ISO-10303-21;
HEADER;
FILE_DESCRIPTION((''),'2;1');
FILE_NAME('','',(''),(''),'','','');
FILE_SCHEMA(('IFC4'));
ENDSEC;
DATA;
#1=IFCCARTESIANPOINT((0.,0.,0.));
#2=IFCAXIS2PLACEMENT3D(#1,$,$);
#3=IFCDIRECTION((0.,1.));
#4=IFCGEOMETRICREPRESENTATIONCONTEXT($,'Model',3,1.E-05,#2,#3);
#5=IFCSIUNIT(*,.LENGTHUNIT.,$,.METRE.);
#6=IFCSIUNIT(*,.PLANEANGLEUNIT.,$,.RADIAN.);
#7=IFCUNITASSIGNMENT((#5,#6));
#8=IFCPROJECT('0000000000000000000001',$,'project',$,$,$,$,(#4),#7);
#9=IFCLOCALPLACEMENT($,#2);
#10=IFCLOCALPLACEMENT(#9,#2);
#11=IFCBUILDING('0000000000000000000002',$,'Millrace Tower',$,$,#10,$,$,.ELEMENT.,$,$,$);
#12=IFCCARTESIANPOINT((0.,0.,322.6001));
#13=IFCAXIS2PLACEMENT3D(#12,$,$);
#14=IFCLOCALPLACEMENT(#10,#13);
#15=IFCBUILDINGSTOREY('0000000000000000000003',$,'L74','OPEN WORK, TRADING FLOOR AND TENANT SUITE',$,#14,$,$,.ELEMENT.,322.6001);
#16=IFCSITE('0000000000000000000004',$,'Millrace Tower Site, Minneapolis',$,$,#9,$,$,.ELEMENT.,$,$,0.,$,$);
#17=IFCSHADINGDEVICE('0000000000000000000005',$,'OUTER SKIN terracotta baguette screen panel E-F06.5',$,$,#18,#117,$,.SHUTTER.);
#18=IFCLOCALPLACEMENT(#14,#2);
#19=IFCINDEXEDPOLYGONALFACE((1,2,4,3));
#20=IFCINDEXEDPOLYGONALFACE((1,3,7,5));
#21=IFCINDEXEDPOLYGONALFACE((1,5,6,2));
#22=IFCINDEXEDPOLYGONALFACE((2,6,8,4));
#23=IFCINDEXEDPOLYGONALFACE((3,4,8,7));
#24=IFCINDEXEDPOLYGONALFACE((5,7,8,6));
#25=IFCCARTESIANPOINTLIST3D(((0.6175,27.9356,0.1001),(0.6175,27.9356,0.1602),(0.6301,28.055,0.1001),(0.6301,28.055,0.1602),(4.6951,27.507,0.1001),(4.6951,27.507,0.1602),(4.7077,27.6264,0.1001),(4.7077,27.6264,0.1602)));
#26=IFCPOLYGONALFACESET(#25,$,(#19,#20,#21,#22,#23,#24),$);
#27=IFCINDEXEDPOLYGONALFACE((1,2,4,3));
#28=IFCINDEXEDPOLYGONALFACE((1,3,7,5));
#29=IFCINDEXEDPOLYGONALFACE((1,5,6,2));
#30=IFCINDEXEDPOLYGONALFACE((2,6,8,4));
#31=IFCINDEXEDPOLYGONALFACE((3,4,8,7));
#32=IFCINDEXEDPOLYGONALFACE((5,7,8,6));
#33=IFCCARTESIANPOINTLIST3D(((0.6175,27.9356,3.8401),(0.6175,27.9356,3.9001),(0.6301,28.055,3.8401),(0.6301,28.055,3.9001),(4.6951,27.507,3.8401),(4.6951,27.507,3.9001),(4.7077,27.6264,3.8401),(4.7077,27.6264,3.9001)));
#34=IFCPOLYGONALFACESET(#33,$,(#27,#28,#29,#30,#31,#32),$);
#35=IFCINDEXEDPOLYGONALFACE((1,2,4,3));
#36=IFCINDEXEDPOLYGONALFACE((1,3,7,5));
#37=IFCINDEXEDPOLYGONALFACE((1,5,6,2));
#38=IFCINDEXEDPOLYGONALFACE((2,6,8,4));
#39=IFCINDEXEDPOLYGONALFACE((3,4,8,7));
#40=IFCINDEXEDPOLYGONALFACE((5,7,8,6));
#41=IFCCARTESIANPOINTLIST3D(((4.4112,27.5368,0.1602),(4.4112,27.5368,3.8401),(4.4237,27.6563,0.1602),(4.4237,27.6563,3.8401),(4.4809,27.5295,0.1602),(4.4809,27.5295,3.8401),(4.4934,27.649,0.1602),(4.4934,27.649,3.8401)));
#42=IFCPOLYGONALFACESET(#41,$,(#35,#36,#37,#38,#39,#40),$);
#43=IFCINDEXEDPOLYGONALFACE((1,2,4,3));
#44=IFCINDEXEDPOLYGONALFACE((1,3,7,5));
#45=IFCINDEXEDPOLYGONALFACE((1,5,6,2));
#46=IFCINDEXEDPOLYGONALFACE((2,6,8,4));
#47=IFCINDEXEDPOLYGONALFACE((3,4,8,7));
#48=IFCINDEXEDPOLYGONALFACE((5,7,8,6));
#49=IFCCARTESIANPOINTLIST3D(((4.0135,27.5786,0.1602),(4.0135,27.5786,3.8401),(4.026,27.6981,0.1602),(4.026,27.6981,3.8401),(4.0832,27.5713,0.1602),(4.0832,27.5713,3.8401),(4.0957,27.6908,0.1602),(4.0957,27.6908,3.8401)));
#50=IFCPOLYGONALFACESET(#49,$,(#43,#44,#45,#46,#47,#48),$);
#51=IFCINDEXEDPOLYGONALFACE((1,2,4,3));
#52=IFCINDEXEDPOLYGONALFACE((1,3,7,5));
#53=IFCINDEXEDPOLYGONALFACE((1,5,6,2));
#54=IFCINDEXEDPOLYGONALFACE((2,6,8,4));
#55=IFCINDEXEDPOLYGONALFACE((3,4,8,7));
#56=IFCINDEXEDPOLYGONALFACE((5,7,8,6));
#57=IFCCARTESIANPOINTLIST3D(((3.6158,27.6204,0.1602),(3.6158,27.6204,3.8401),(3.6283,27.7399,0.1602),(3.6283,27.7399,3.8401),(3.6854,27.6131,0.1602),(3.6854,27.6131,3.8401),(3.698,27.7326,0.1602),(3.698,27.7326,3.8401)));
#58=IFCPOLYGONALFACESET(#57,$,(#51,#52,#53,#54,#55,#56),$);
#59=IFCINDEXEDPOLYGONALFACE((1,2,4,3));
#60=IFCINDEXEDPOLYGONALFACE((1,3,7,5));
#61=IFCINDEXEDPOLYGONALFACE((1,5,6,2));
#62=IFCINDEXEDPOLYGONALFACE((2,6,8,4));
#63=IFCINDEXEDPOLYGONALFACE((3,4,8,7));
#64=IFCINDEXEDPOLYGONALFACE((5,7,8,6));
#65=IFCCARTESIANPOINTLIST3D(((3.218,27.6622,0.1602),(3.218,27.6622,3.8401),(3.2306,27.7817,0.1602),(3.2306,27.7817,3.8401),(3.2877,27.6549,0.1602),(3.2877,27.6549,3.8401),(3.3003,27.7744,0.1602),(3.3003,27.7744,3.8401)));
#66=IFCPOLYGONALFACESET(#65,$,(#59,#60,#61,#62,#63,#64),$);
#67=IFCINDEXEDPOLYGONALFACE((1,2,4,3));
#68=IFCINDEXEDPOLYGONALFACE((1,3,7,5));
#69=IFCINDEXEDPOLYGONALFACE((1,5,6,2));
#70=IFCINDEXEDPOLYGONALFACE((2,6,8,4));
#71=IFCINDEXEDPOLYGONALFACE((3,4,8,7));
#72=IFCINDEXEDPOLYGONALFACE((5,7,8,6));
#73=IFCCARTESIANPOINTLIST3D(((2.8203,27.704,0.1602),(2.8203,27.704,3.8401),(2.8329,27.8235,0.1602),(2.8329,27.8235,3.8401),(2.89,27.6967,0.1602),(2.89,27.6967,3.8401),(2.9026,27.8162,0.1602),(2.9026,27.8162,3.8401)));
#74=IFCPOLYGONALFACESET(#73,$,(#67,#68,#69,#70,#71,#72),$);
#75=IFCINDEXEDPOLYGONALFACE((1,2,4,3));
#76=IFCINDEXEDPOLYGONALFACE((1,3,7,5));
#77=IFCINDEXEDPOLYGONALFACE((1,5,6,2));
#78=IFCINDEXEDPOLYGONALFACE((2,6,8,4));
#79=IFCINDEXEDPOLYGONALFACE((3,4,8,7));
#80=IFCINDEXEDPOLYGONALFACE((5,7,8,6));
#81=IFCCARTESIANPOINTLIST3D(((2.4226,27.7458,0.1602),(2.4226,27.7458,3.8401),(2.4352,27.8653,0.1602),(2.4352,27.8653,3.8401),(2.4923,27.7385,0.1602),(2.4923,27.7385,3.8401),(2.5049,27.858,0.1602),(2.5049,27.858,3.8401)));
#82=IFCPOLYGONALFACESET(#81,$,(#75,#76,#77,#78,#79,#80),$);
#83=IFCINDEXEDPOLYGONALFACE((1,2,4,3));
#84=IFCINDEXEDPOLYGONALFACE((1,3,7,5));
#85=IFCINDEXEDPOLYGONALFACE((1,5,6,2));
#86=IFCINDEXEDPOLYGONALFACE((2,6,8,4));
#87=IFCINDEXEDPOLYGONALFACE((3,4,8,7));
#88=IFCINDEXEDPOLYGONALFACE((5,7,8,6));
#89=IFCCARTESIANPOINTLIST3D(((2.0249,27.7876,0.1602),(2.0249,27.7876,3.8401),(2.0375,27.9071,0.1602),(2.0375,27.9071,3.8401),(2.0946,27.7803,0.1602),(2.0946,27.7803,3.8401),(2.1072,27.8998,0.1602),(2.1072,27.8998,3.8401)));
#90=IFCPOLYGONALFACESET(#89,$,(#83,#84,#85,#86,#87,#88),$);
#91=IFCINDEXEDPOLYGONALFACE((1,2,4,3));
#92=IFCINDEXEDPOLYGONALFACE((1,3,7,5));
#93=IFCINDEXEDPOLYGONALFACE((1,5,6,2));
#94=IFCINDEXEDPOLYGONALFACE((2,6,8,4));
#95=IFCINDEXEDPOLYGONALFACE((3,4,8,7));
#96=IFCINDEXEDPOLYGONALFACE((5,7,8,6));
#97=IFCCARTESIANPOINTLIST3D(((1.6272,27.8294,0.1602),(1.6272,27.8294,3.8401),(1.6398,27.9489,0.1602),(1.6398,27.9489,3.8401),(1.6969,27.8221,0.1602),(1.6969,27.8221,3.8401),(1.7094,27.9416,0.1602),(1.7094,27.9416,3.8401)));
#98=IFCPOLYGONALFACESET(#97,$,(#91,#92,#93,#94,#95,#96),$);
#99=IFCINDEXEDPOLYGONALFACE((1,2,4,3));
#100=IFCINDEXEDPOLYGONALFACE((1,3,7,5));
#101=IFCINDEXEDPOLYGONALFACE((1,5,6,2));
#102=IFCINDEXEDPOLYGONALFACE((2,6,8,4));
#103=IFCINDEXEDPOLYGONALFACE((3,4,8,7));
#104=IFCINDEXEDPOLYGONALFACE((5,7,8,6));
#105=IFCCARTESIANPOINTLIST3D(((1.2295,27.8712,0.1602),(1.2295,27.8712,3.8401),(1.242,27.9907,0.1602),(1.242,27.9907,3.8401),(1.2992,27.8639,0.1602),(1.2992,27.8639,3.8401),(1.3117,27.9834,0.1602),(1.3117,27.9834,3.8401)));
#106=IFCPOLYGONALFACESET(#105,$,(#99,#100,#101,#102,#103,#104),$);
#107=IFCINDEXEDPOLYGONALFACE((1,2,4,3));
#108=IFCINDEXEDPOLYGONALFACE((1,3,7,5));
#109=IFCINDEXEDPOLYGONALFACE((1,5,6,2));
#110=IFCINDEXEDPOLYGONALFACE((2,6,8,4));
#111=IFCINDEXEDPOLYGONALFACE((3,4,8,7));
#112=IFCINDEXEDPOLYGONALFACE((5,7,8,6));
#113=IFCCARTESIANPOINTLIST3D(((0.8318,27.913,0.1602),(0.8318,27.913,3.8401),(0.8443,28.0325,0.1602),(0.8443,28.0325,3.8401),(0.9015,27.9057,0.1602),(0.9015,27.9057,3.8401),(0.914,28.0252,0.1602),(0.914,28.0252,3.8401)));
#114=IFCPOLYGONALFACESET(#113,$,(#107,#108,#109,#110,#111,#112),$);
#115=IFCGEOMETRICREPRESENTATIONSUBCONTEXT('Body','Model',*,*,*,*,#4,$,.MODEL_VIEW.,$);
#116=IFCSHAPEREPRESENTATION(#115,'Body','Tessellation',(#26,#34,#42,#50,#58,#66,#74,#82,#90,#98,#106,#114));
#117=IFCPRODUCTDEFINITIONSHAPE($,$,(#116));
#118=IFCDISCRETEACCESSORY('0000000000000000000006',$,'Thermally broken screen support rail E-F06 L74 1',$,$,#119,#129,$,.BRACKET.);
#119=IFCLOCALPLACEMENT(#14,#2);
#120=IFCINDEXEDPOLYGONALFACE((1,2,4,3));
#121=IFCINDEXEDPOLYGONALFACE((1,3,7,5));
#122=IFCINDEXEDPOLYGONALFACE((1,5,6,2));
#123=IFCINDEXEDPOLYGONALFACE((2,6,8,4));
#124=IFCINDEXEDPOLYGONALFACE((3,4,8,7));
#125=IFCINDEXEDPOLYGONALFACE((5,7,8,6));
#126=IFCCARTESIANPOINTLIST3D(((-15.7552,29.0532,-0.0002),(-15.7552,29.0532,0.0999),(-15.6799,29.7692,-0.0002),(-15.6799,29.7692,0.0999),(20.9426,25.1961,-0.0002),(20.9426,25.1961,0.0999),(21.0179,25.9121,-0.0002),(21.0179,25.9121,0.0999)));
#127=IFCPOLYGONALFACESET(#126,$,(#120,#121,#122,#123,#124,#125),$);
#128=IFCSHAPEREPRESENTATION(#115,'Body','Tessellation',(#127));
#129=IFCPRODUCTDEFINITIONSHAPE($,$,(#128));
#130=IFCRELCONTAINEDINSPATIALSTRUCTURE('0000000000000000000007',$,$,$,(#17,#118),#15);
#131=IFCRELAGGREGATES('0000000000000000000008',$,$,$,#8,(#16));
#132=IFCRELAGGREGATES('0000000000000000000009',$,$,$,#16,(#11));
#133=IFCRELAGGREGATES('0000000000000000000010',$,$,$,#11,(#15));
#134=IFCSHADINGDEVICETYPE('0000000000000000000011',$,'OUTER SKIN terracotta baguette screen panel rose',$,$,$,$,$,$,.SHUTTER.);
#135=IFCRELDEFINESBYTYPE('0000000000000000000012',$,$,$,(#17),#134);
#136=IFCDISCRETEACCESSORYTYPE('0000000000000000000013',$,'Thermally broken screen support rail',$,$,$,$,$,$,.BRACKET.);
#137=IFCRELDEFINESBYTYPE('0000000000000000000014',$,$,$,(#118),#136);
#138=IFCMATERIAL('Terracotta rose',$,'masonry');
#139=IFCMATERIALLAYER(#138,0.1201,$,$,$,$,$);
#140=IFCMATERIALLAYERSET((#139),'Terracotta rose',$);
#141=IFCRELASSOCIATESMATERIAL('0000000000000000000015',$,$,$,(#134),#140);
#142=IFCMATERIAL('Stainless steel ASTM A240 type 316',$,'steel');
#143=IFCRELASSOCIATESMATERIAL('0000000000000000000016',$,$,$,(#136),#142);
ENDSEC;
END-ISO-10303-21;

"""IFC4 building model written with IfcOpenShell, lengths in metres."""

from ifc_helpers import new_model, entity, si_unit, direction, frame, frame_2d, origin, origin_2d, place, context, subcontext, project, spatial, rectangle, extrude, source, transform, mapped, material, layer, layer_set, type_object, element, save


model = new_model("IFC4")

# Units and contexts
model_context = context("Model", 3, precision=1e-05, world=origin(), true_north=direction((0.0, 1.0)))
body_context = subcontext(model_context, "Body", "Model", "MODEL_VIEW")
ifc_project = project(units=[si_unit("LENGTHUNIT", "METRE"), si_unit("PLANEANGLEUNIT", "RADIAN")], contexts=[model_context])

# Site, building, storey
site_placement = place(None, origin())
site = spatial("IfcSite", under=ifc_project, at=site_placement, Name="Millrace Tower Site, Minneapolis", CompositionType="ELEMENT", RefElevation=0.0)
building_placement = place(site_placement, origin())
building = spatial("IfcBuilding", under=site, at=building_placement, Name="Millrace Tower", CompositionType="ELEMENT")
storey_placement = place(building_placement, frame((0.0, 0.0, 322.6001)))
storey = spatial("IfcBuildingStorey", under=building, at=storey_placement, Name="L74", Description="OPEN WORK, TRADING FLOOR AND TENANT SUITE", CompositionType="ELEMENT", Elevation=322.6001)

# Shading device
ifc_material_1 = material(Name="Terracotta rose", Category="masonry")
ifc_layer_1 = layer(ifc_material_1, 0.1201)
ifc_layer_set_1 = layer_set([ifc_layer_1], Name="Terracotta rose")
shading_device_type = type_object("IfcShadingDeviceType", Name="OUTER SKIN terracotta baguette screen panel rose", PredefinedType="SHUTTER", material=ifc_layer_set_1)
cartesian_point = entity("IfcCartesianPoint", [-2.05, 0.0601])
shared_polyline = entity("IfcPolyline", [cartesian_point, entity("IfcCartesianPoint", [2.05, 0.0601]), entity("IfcCartesianPoint", [2.05, -0.0601]), entity("IfcCartesianPoint", [-2.05, -0.0601]), cartesian_point])
shared_shape = source(origin(), body_context, "Body", "SweptSolid", [
    entity("IfcExtrudedAreaSolid", entity("IfcArbitraryClosedProfileDef", "AREA", None, shared_polyline), entity("IfcAxis2Placement3D", entity("IfcCartesianPoint", [0.0, 0.0, 0.0])), entity("IfcDirection", [0.0, 0.0, 1.0]), 0.0601),
    entity("IfcExtrudedAreaSolid", entity("IfcArbitraryClosedProfileDef", "AREA", None, shared_polyline), entity("IfcAxis2Placement3D", entity("IfcCartesianPoint", [0.0, 0.0, 3.74])), entity("IfcDirection", [0.0, 0.0, 1.0]), 0.0601),
    extrude(rectangle(XDim=0.0701, YDim=0.1201, at=frame_2d((-1.7996, 0.0))), frame((0.0, 0.0, 0.0601)), (0.0, 0.0, 1.0), 3.6799),
    extrude(rectangle(XDim=0.0701, YDim=0.1201, at=frame_2d((-1.3997, 0.0))), frame((0.0, 0.0, 0.0601)), (0.0, 0.0, 1.0), 3.6799),
    extrude(rectangle(XDim=0.0701, YDim=0.1201, at=frame_2d((-0.9998, 0.0))), frame((0.0, 0.0, 0.0601)), (0.0, 0.0, 1.0), 3.6799),
    extrude(rectangle(XDim=0.0701, YDim=0.1201, at=frame_2d((-0.5999, 0.0))), frame((0.0, 0.0, 0.0601)), (0.0, 0.0, 1.0), 3.6799),
    extrude(rectangle(XDim=0.0701, YDim=0.1201, at=frame_2d((-0.2, 0.0))), frame((0.0, 0.0, 0.0601)), (0.0, 0.0, 1.0), 3.6799),
    extrude(rectangle(XDim=0.0701, YDim=0.1201, at=frame_2d((0.2, 0.0))), frame((0.0, 0.0, 0.0601)), (0.0, 0.0, 1.0), 3.6799),
    extrude(rectangle(XDim=0.0701, YDim=0.1201, at=frame_2d((0.5999, 0.0))), frame((0.0, 0.0, 0.0601)), (0.0, 0.0, 1.0), 3.6799),
    extrude(rectangle(XDim=0.0701, YDim=0.1201, at=frame_2d((0.9998, 0.0))), frame((0.0, 0.0, 0.0601)), (0.0, 0.0, 1.0), 3.6799),
    extrude(rectangle(XDim=0.0701, YDim=0.1201, at=frame_2d((1.3997, 0.0))), frame((0.0, 0.0, 0.0601)), (0.0, 0.0, 1.0), 3.6799),
    extrude(rectangle(XDim=0.0701, YDim=0.1201, at=frame_2d((1.7996, 0.0))), frame((0.0, 0.0, 0.0601)), (0.0, 0.0, 1.0), 3.6799),
])
for number, where, z_axis, x_axis, name in (
    (1, (2.6626, 27.781, 0.1001), (0.0, 0.0, 1.0), (-0.994522, 0.104528, 0.0), "OUTER SKIN terracotta baguette screen panel E-F06.5"),
):
    element("IfcShadingDevice", number, at=place(storey_placement, frame(where, z_axis=z_axis, x_axis=x_axis)), inside=storey, type_object=shading_device_type, Name=name, PredefinedType="SHUTTER", context=body_context, shape_type="MappedRepresentation", body=[
        mapped(shared_shape, transform((0.0, 0.0, 0.0), scale=1.0)),
    ])

# Discrete accessory
ifc_material_2 = material(Name="Stainless steel ASTM A240 type 316", Category="steel")
discrete_accessory_type = type_object("IfcDiscreteAccessoryType", Name="Thermally broken screen support rail", PredefinedType="BRACKET", material=ifc_material_2)
discrete_accessory_placement = place(storey_placement, frame((2.6313, 27.4827, -0.0002), z_axis=(0.0, 0.0, 1.0), x_axis=(-0.994522, 0.104528, 0.0)))
element("IfcDiscreteAccessory", 2, at=discrete_accessory_placement, inside=storey, type_object=discrete_accessory_type, Name="Thermally broken screen support rail E-F06 L74 1", PredefinedType="BRACKET", context=body_context, shape_type="SweptSolid", body=[
    extrude(rectangle(XDim=36.8999, YDim=0.72, at=origin_2d()), origin(), (0.0, 0.0, 1.0), 0.1001),
])

save(model, "model.ifc")
